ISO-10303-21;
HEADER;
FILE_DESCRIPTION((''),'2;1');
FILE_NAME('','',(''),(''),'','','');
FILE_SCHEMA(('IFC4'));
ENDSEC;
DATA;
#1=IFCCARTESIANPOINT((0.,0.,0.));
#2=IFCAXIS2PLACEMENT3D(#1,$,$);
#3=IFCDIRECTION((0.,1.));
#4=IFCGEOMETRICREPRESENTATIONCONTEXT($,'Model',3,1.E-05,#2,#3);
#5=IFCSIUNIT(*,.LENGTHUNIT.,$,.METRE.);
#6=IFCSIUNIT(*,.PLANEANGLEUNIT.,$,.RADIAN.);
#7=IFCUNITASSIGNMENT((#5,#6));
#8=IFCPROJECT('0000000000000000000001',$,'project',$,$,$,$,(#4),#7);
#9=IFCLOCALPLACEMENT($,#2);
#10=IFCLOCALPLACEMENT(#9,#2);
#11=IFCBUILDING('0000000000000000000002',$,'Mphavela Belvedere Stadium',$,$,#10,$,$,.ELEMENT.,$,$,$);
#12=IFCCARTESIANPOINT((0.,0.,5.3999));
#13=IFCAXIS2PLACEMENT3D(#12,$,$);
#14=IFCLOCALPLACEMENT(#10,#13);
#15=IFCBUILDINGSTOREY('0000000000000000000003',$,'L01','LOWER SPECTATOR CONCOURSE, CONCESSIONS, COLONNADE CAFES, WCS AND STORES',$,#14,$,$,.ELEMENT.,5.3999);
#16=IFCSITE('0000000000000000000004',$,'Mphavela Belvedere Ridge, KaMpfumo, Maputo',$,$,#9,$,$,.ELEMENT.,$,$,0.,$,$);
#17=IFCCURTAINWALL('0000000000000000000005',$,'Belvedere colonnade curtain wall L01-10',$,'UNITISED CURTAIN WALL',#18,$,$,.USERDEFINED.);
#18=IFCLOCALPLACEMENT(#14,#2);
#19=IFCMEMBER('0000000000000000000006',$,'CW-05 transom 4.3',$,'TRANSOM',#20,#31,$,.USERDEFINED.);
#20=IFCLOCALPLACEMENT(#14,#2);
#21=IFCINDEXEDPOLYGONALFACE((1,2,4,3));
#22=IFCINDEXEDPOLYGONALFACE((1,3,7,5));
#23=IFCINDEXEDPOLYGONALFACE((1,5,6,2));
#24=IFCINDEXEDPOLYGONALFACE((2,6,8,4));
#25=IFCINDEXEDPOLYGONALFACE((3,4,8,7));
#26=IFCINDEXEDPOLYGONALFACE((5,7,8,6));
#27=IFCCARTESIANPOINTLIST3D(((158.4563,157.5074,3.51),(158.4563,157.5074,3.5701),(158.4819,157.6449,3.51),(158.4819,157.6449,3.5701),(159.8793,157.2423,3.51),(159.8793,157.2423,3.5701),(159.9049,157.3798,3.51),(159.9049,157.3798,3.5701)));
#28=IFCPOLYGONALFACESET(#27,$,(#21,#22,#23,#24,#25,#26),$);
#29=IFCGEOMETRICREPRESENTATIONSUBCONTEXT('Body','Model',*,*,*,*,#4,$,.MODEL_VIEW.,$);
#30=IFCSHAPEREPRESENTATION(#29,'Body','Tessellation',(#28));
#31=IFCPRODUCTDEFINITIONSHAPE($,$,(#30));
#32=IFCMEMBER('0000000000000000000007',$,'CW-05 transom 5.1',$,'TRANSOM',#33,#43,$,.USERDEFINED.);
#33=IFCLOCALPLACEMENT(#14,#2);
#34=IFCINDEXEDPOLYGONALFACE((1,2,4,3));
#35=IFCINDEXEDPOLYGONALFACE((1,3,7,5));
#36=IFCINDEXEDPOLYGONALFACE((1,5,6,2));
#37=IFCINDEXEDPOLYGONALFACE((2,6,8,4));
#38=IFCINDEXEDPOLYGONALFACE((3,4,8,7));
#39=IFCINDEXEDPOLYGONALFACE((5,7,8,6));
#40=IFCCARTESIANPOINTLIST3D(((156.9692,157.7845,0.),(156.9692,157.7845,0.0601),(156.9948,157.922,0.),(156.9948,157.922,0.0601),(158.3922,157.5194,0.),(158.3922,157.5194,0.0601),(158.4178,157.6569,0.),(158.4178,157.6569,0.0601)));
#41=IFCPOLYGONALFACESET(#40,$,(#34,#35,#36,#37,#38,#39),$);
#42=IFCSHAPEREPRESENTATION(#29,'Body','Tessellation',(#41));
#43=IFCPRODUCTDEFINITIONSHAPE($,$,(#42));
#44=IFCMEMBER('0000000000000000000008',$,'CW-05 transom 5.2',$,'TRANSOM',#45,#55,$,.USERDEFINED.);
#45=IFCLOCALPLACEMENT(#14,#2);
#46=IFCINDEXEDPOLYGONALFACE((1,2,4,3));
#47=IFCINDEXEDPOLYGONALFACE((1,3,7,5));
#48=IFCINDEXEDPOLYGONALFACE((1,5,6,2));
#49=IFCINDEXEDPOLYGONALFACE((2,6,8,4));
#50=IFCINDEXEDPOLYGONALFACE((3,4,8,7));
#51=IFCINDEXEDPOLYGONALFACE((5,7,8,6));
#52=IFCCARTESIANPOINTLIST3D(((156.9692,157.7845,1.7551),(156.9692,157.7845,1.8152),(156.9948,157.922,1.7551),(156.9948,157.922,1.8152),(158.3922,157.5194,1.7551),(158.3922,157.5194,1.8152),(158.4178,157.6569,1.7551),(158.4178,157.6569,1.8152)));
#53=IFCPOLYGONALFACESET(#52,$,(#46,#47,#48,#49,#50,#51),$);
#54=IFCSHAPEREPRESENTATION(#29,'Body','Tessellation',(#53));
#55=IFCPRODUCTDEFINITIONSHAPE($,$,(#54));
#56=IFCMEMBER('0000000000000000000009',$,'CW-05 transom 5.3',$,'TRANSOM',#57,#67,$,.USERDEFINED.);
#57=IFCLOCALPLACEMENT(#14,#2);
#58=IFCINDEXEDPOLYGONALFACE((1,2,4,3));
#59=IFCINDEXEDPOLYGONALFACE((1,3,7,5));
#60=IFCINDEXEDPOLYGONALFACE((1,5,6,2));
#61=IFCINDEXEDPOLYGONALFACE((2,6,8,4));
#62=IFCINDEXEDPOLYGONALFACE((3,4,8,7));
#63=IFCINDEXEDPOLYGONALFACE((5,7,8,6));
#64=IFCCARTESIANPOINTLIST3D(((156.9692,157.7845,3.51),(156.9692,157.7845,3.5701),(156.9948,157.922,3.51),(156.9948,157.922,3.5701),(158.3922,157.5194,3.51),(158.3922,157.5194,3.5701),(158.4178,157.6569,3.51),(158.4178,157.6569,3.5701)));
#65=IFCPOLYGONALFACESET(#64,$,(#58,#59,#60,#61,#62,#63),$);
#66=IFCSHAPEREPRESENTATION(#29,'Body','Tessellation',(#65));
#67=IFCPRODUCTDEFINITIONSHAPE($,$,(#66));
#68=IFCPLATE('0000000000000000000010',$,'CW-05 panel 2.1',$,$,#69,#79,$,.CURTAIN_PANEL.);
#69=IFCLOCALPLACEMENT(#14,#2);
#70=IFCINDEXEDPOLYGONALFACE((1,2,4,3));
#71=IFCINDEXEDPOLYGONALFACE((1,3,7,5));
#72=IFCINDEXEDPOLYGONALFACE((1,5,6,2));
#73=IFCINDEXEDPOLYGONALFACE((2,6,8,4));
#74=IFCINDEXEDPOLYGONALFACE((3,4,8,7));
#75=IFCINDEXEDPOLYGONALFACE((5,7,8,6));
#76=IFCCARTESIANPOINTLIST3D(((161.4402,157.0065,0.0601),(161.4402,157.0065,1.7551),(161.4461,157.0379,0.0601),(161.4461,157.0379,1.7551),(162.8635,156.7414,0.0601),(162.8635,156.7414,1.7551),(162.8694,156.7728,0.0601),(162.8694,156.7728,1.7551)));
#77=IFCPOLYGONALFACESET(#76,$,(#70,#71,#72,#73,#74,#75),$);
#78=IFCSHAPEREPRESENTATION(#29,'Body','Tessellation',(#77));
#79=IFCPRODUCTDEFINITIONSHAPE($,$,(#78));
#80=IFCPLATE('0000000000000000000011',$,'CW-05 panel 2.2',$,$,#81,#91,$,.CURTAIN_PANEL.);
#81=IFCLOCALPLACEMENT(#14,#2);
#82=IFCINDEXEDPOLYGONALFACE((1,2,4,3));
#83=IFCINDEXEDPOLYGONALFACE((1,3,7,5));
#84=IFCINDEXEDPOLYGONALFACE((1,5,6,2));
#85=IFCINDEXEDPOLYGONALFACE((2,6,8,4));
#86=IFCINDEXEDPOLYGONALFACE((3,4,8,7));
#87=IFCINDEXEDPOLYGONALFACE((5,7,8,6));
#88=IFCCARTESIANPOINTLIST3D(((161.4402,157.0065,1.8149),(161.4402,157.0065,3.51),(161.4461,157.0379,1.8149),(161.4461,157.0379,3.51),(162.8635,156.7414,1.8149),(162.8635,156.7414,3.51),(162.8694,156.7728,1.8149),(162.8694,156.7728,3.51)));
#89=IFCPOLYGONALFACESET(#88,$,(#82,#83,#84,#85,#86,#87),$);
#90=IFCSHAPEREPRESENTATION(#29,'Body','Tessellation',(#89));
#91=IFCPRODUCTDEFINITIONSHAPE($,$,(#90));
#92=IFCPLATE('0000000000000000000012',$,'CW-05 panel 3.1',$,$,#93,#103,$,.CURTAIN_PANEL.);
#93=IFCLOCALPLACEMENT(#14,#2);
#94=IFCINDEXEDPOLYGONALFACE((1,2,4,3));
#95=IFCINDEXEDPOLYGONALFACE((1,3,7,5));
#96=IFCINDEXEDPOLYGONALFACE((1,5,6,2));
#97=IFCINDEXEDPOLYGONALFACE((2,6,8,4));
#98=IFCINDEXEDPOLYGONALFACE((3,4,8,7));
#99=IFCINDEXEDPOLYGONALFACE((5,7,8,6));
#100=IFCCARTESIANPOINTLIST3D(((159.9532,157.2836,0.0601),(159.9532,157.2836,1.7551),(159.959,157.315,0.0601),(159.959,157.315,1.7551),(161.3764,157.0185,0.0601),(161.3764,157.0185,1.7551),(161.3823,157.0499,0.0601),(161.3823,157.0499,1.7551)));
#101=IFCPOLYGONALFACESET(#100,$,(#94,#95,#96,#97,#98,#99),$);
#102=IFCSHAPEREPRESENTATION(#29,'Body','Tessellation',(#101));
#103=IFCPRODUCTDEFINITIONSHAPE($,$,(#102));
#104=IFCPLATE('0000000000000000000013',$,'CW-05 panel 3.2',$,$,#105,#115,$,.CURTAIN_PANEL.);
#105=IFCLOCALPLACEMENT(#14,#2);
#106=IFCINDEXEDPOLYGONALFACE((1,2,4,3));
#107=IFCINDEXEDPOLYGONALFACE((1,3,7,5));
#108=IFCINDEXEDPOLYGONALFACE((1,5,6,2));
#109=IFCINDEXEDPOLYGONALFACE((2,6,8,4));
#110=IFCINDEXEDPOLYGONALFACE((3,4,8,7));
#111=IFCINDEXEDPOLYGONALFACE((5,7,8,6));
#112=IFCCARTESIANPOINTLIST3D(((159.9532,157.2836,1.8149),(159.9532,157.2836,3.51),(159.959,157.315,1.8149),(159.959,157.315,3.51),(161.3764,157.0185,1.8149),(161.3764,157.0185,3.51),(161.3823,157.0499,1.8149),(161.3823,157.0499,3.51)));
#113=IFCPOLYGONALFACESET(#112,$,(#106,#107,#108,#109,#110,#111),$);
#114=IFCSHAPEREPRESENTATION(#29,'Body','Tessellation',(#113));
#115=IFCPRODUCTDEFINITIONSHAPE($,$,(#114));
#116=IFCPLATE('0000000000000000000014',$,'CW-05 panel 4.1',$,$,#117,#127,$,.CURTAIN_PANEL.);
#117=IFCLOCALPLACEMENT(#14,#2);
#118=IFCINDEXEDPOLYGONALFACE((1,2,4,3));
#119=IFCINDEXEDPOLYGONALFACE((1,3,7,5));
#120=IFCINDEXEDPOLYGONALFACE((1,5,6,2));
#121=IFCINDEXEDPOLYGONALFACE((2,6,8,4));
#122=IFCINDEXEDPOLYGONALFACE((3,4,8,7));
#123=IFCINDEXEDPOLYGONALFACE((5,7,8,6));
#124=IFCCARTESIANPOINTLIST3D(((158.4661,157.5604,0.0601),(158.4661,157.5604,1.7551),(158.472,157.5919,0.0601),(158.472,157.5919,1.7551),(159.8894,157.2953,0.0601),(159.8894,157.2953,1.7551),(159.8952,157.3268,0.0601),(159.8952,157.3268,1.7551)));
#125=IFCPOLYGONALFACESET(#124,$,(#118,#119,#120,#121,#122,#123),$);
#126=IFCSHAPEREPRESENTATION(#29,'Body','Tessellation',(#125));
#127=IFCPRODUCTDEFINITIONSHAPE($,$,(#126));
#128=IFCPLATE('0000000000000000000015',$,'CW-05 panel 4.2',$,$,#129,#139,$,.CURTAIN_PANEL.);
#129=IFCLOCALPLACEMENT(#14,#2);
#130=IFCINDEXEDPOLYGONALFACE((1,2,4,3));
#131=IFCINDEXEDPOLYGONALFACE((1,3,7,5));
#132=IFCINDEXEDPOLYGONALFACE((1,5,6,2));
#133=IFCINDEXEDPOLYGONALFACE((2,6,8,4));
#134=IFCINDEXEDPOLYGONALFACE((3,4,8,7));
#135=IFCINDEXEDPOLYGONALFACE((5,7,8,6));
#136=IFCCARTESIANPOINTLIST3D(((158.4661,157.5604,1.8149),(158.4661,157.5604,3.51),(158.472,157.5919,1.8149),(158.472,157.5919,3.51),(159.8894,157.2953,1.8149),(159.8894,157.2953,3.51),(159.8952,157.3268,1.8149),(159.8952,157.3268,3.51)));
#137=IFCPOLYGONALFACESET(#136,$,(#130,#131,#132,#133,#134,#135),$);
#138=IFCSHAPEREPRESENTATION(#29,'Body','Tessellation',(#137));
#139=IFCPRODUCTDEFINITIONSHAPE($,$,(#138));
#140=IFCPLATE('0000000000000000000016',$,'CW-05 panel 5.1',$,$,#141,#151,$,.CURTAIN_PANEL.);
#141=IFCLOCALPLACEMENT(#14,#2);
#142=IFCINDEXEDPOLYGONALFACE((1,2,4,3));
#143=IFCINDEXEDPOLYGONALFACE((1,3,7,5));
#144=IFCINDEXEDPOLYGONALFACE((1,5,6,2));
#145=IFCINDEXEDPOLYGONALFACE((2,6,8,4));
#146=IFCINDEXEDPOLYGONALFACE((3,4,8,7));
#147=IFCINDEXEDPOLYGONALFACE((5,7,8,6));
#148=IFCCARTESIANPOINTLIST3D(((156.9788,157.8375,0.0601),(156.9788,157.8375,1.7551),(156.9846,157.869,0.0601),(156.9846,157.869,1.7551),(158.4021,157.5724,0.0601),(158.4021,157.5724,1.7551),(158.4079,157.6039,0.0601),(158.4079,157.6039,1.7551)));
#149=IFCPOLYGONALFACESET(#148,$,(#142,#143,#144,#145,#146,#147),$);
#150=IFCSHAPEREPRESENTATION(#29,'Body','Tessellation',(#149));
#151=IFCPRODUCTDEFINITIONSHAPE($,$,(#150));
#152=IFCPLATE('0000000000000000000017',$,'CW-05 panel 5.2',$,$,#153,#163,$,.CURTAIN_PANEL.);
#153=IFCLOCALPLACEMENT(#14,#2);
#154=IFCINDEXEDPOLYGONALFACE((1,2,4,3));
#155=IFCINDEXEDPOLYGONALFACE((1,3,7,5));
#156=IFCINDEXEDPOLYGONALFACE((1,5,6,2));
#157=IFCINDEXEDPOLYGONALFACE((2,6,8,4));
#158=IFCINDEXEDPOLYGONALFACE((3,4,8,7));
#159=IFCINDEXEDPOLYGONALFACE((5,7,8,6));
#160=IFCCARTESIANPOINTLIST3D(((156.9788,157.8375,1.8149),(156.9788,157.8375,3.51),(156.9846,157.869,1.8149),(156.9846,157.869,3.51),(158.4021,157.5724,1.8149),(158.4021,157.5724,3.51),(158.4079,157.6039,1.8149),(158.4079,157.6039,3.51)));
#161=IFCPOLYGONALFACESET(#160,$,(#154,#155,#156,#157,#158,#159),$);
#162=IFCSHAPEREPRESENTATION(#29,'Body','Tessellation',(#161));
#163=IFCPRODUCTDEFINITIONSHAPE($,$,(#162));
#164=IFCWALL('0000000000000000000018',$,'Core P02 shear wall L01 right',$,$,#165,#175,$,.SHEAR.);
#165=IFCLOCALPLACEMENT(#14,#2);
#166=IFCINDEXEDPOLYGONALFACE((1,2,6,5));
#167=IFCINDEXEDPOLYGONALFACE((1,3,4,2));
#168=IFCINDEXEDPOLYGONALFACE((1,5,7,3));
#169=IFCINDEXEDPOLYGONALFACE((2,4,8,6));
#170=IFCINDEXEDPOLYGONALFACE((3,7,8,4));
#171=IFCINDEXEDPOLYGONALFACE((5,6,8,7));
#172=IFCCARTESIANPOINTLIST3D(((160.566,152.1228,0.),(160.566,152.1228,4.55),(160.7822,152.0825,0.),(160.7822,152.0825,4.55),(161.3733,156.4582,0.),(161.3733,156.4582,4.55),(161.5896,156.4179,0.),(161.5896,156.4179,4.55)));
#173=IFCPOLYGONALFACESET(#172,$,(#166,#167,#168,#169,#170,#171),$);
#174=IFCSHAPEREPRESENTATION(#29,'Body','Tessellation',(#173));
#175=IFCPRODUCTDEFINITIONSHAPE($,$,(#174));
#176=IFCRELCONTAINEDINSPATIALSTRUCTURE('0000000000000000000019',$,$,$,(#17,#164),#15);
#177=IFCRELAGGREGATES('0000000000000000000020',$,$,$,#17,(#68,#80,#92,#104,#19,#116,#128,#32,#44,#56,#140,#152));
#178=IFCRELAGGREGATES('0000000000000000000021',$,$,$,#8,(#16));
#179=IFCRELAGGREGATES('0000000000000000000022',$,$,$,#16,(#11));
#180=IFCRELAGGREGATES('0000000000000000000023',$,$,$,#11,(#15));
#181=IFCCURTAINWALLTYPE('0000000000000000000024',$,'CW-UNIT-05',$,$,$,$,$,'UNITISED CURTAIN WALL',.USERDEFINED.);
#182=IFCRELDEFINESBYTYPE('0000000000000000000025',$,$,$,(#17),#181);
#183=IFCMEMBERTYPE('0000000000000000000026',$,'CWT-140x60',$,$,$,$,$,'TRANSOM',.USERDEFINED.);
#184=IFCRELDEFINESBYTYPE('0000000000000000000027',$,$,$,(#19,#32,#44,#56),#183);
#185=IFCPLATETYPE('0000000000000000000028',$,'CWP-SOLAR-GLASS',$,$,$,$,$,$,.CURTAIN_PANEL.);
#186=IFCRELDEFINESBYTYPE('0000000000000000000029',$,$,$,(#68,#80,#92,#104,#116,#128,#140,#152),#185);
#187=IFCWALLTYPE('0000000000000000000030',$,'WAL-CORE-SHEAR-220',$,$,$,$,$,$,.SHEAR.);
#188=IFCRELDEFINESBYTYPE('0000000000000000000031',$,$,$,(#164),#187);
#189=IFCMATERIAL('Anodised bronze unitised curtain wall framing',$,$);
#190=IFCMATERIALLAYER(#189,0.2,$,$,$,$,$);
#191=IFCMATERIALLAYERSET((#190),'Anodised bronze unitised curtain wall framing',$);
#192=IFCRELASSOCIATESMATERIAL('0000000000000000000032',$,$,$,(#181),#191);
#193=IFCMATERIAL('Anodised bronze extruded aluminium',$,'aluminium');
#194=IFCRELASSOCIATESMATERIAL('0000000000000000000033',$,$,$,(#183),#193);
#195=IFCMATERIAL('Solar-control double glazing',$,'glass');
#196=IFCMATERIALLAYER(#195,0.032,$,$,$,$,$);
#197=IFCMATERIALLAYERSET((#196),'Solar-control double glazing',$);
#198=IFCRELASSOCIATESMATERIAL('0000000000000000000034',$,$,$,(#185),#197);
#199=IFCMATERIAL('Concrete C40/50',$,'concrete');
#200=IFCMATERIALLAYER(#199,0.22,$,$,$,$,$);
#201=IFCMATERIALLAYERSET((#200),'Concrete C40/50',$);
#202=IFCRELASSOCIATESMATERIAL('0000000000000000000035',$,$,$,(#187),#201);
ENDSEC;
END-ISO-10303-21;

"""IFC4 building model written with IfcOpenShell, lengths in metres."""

from ifc_helpers import new_model, si_unit, direction, frame, frame_2d, origin, origin_2d, place, context, subcontext, project, spatial, rectangle, extrude, material, layer, layer_set, material_profile, profile_set, type_object, element, aggregate, save


model = new_model("IFC4")

# Units and contexts
model_context = context("Model", 3, precision=1e-05, world=origin(), true_north=direction((0.0, 1.0)))
body_context = subcontext(model_context, "Body", "Model", "MODEL_VIEW")
ifc_project = project(units=[si_unit("LENGTHUNIT", "METRE"), si_unit("PLANEANGLEUNIT", "RADIAN")], contexts=[model_context])

# Site, building, storey
site_placement = place(None, origin())
site = spatial("IfcSite", under=ifc_project, at=site_placement, Name="Mphavela Belvedere Ridge, KaMpfumo, Maputo", CompositionType="ELEMENT", RefElevation=0.0)
building_placement = place(site_placement, origin())
building = spatial("IfcBuilding", under=site, at=building_placement, Name="Mphavela Belvedere Stadium", CompositionType="ELEMENT")
storey_placement = place(building_placement, frame((0.0, 0.0, 5.3999)))
storey = spatial("IfcBuildingStorey", under=building, at=storey_placement, Name="L01", Description="LOWER SPECTATOR CONCOURSE, CONCESSIONS, COLONNADE CAFES, WCS AND STORES", CompositionType="ELEMENT", Elevation=5.3999)

# Curtain wall, members, plates
ifc_material_1 = material(Name="Anodised bronze unitised curtain wall framing")
ifc_layer_1 = layer(ifc_material_1, 0.2)
ifc_layer_set_1 = layer_set([ifc_layer_1], Name="Anodised bronze unitised curtain wall framing")
curtain_wall_type = type_object("IfcCurtainWallType", Name="CW-UNIT-05", ElementType="UNITISED CURTAIN WALL", PredefinedType="USERDEFINED", material=ifc_layer_set_1)
curtain_wall_placement = place(storey_placement, origin())
curtain_wall = element("IfcCurtainWall", 1, at=curtain_wall_placement, inside=storey, type_object=curtain_wall_type, Name="Belvedere colonnade curtain wall L01-10", ObjectType="UNITISED CURTAIN WALL", PredefinedType="USERDEFINED")
ifc_material_2 = material(Name="Anodised bronze extruded aluminium", Category="aluminium")
ifc_material_profile_1 = material_profile(ifc_material_2, rectangle(XDim=0.1399, YDim=0.0601, at=origin_2d()), Name="CW-TRN 140x60")
ifc_profile_set_1 = profile_set([ifc_material_profile_1], Name="Anodised bronze extruded aluminium")
member_type_1 = type_object("IfcMemberType", Name="CWT-140x60", ElementType="TRANSOM", PredefinedType="USERDEFINED", material=ifc_profile_set_1)
member_1_placement = place(storey_placement, frame((159.8921, 157.311, 3.54), z_axis=(-0.983083, 0.183158, 0.0), x_axis=(-0.183158, -0.983083, 0.0)))
member_1 = element("IfcMember", 2, at=member_1_placement, type_object=member_type_1, Name="CW-05 transom 4.3", ObjectType="TRANSOM", PredefinedType="USERDEFINED", context=body_context, shape_type="SweptSolid", body=[
    extrude(rectangle(XDim=0.1399, YDim=0.0601, at=origin_2d()), origin(), (0.0, 0.0, 1.0), 1.4475),
])
member_2_placement = place(storey_placement, frame((158.405, 157.5881, 0.03), z_axis=(-0.983083, 0.183158, 0.0), x_axis=(-0.183158, -0.983083, 0.0)))
member_2 = element("IfcMember", 3, at=member_2_placement, type_object=member_type_1, Name="CW-05 transom 5.1", ObjectType="TRANSOM", PredefinedType="USERDEFINED", context=body_context, shape_type="SweptSolid", body=[
    extrude(rectangle(XDim=0.1399, YDim=0.0601, at=origin_2d()), origin(), (0.0, 0.0, 1.0), 1.4475),
])
member_3_placement = place(storey_placement, frame((158.405, 157.5881, 1.7852), z_axis=(-0.983083, 0.183158, 0.0), x_axis=(-0.183158, -0.983083, 0.0)))
member_3 = element("IfcMember", 4, at=member_3_placement, type_object=member_type_1, Name="CW-05 transom 5.2", ObjectType="TRANSOM", PredefinedType="USERDEFINED", context=body_context, shape_type="SweptSolid", body=[
    extrude(rectangle(XDim=0.1399, YDim=0.0601, at=origin_2d()), origin(), (0.0, 0.0, 1.0), 1.4475),
])
member_4_placement = place(storey_placement, frame((158.405, 157.5881, 3.54), z_axis=(-0.983083, 0.183158, 0.0), x_axis=(-0.183158, -0.983083, 0.0)))
member_4 = element("IfcMember", 5, at=member_4_placement, type_object=member_type_1, Name="CW-05 transom 5.3", ObjectType="TRANSOM", PredefinedType="USERDEFINED", context=body_context, shape_type="SweptSolid", body=[
    extrude(rectangle(XDim=0.1399, YDim=0.0601, at=origin_2d()), origin(), (0.0, 0.0, 1.0), 1.4475),
])
ifc_material_3 = material(Name="Solar-control double glazing", Category="glass")
ifc_layer_2 = layer(ifc_material_3, 0.032)
ifc_layer_set_2 = layer_set([ifc_layer_2], Name="Solar-control double glazing")
plate_type = type_object("IfcPlateType", Name="CWP-SOLAR-GLASS", PredefinedType="CURTAIN_PANEL", material=ifc_layer_set_2)
plate_1_placement = place(storey_placement, frame((162.1548, 156.8896, 0.0601), z_axis=(0.0, 0.0, 1.0), x_axis=(-0.983095, 0.183095, 0.0)))
plate_1 = element("IfcPlate", 6, at=plate_1_placement, type_object=plate_type, Name="CW-05 panel 2.1", PredefinedType="CURTAIN_PANEL", context=body_context, shape_type="SweptSolid", body=[
    extrude(rectangle(XDim=1.4478, YDim=0.032, at=origin_2d()), origin(), (0.0, 0.0, 1.0), 1.6951),
])
plate_2_placement = place(storey_placement, frame((162.1548, 156.8896, 1.8149), z_axis=(0.0, 0.0, 1.0), x_axis=(-0.983095, 0.183095, 0.0)))
plate_2 = element("IfcPlate", 7, at=plate_2_placement, type_object=plate_type, Name="CW-05 panel 2.2", PredefinedType="CURTAIN_PANEL", context=body_context, shape_type="SweptSolid", body=[
    extrude(rectangle(XDim=1.4478, YDim=0.032, at=origin_2d()), origin(), (0.0, 0.0, 1.0), 1.6951),
])
plate_3_placement = place(storey_placement, frame((160.6677, 157.1667, 0.0601), z_axis=(0.0, 0.0, 1.0), x_axis=(-0.983095, 0.183095, 0.0)))
plate_3 = element("IfcPlate", 8, at=plate_3_placement, type_object=plate_type, Name="CW-05 panel 3.1", PredefinedType="CURTAIN_PANEL", context=body_context, shape_type="SweptSolid", body=[
    extrude(rectangle(XDim=1.4478, YDim=0.032, at=origin_2d()), origin(), (0.0, 0.0, 1.0), 1.6951),
])
plate_4_placement = place(storey_placement, frame((160.6677, 157.1667, 1.8149), z_axis=(0.0, 0.0, 1.0), x_axis=(-0.983095, 0.183095, 0.0)))
plate_4 = element("IfcPlate", 9, at=plate_4_placement, type_object=plate_type, Name="CW-05 panel 3.2", PredefinedType="CURTAIN_PANEL", context=body_context, shape_type="SweptSolid", body=[
    extrude(rectangle(XDim=1.4478, YDim=0.032, at=origin_2d()), origin(), (0.0, 0.0, 1.0), 1.6951),
])
plate_5_placement = place(storey_placement, frame((159.1807, 157.4436, 0.0601), z_axis=(0.0, 0.0, 1.0), x_axis=(-0.983095, 0.183095, 0.0)))
plate_5 = element("IfcPlate", 10, at=plate_5_placement, type_object=plate_type, Name="CW-05 panel 4.1", PredefinedType="CURTAIN_PANEL", context=body_context, shape_type="SweptSolid", body=[
    extrude(rectangle(XDim=1.4478, YDim=0.032, at=origin_2d()), origin(), (0.0, 0.0, 1.0), 1.6951),
])
plate_6_placement = place(storey_placement, frame((159.1807, 157.4436, 1.8149), z_axis=(0.0, 0.0, 1.0), x_axis=(-0.983095, 0.183095, 0.0)))
plate_6 = element("IfcPlate", 11, at=plate_6_placement, type_object=plate_type, Name="CW-05 panel 4.2", PredefinedType="CURTAIN_PANEL", context=body_context, shape_type="SweptSolid", body=[
    extrude(rectangle(XDim=1.4478, YDim=0.032, at=origin_2d()), origin(), (0.0, 0.0, 1.0), 1.6951),
])
plate_7_placement = place(storey_placement, frame((157.6934, 157.7207, 0.0601), z_axis=(0.0, 0.0, 1.0), x_axis=(-0.983095, 0.183095, 0.0)))
plate_7 = element("IfcPlate", 12, at=plate_7_placement, type_object=plate_type, Name="CW-05 panel 5.1", PredefinedType="CURTAIN_PANEL", context=body_context, shape_type="SweptSolid", body=[
    extrude(rectangle(XDim=1.4478, YDim=0.032, at=origin_2d()), origin(), (0.0, 0.0, 1.0), 1.6951),
])
plate_8_placement = place(storey_placement, frame((157.6934, 157.7207, 1.8149), z_axis=(0.0, 0.0, 1.0), x_axis=(-0.983095, 0.183095, 0.0)))
plate_8 = element("IfcPlate", 13, at=plate_8_placement, type_object=plate_type, Name="CW-05 panel 5.2", PredefinedType="CURTAIN_PANEL", context=body_context, shape_type="SweptSolid", body=[
    extrude(rectangle(XDim=1.4478, YDim=0.032, at=origin_2d()), origin(), (0.0, 0.0, 1.0), 1.6951),
])
aggregate(curtain_wall, [plate_1, plate_2, plate_3, plate_4, member_1, plate_5, plate_6, member_2, member_3, member_4, plate_7, plate_8])

# Wall
ifc_material_4 = material(Name="Concrete C40/50", Category="concrete")
ifc_layer_3 = layer(ifc_material_4, 0.22)
ifc_layer_set_3 = layer_set([ifc_layer_3], Name="Concrete C40/50")
wall_type = type_object("IfcWallType", Name="WAL-CORE-SHEAR-220", PredefinedType="SHEAR", material=ifc_layer_set_3)
wall_placement = place(storey_placement, frame((160.6741, 152.1025, 0.0), z_axis=(0.0, 0.0, 1.0), x_axis=(0.183078, 0.983098, 0.0)))
element("IfcWall", 14, at=wall_placement, inside=storey, type_object=wall_type, Name="Core P02 shear wall L01 right", PredefinedType="SHEAR", context=body_context, shape_type="SweptSolid", body=[
    extrude(rectangle(XDim=4.4099, YDim=0.22, at=frame_2d((2.2051, 0.0))), origin(), (0.0, 0.0, 1.0), 4.55),
])

save(model, "model.ifc")
